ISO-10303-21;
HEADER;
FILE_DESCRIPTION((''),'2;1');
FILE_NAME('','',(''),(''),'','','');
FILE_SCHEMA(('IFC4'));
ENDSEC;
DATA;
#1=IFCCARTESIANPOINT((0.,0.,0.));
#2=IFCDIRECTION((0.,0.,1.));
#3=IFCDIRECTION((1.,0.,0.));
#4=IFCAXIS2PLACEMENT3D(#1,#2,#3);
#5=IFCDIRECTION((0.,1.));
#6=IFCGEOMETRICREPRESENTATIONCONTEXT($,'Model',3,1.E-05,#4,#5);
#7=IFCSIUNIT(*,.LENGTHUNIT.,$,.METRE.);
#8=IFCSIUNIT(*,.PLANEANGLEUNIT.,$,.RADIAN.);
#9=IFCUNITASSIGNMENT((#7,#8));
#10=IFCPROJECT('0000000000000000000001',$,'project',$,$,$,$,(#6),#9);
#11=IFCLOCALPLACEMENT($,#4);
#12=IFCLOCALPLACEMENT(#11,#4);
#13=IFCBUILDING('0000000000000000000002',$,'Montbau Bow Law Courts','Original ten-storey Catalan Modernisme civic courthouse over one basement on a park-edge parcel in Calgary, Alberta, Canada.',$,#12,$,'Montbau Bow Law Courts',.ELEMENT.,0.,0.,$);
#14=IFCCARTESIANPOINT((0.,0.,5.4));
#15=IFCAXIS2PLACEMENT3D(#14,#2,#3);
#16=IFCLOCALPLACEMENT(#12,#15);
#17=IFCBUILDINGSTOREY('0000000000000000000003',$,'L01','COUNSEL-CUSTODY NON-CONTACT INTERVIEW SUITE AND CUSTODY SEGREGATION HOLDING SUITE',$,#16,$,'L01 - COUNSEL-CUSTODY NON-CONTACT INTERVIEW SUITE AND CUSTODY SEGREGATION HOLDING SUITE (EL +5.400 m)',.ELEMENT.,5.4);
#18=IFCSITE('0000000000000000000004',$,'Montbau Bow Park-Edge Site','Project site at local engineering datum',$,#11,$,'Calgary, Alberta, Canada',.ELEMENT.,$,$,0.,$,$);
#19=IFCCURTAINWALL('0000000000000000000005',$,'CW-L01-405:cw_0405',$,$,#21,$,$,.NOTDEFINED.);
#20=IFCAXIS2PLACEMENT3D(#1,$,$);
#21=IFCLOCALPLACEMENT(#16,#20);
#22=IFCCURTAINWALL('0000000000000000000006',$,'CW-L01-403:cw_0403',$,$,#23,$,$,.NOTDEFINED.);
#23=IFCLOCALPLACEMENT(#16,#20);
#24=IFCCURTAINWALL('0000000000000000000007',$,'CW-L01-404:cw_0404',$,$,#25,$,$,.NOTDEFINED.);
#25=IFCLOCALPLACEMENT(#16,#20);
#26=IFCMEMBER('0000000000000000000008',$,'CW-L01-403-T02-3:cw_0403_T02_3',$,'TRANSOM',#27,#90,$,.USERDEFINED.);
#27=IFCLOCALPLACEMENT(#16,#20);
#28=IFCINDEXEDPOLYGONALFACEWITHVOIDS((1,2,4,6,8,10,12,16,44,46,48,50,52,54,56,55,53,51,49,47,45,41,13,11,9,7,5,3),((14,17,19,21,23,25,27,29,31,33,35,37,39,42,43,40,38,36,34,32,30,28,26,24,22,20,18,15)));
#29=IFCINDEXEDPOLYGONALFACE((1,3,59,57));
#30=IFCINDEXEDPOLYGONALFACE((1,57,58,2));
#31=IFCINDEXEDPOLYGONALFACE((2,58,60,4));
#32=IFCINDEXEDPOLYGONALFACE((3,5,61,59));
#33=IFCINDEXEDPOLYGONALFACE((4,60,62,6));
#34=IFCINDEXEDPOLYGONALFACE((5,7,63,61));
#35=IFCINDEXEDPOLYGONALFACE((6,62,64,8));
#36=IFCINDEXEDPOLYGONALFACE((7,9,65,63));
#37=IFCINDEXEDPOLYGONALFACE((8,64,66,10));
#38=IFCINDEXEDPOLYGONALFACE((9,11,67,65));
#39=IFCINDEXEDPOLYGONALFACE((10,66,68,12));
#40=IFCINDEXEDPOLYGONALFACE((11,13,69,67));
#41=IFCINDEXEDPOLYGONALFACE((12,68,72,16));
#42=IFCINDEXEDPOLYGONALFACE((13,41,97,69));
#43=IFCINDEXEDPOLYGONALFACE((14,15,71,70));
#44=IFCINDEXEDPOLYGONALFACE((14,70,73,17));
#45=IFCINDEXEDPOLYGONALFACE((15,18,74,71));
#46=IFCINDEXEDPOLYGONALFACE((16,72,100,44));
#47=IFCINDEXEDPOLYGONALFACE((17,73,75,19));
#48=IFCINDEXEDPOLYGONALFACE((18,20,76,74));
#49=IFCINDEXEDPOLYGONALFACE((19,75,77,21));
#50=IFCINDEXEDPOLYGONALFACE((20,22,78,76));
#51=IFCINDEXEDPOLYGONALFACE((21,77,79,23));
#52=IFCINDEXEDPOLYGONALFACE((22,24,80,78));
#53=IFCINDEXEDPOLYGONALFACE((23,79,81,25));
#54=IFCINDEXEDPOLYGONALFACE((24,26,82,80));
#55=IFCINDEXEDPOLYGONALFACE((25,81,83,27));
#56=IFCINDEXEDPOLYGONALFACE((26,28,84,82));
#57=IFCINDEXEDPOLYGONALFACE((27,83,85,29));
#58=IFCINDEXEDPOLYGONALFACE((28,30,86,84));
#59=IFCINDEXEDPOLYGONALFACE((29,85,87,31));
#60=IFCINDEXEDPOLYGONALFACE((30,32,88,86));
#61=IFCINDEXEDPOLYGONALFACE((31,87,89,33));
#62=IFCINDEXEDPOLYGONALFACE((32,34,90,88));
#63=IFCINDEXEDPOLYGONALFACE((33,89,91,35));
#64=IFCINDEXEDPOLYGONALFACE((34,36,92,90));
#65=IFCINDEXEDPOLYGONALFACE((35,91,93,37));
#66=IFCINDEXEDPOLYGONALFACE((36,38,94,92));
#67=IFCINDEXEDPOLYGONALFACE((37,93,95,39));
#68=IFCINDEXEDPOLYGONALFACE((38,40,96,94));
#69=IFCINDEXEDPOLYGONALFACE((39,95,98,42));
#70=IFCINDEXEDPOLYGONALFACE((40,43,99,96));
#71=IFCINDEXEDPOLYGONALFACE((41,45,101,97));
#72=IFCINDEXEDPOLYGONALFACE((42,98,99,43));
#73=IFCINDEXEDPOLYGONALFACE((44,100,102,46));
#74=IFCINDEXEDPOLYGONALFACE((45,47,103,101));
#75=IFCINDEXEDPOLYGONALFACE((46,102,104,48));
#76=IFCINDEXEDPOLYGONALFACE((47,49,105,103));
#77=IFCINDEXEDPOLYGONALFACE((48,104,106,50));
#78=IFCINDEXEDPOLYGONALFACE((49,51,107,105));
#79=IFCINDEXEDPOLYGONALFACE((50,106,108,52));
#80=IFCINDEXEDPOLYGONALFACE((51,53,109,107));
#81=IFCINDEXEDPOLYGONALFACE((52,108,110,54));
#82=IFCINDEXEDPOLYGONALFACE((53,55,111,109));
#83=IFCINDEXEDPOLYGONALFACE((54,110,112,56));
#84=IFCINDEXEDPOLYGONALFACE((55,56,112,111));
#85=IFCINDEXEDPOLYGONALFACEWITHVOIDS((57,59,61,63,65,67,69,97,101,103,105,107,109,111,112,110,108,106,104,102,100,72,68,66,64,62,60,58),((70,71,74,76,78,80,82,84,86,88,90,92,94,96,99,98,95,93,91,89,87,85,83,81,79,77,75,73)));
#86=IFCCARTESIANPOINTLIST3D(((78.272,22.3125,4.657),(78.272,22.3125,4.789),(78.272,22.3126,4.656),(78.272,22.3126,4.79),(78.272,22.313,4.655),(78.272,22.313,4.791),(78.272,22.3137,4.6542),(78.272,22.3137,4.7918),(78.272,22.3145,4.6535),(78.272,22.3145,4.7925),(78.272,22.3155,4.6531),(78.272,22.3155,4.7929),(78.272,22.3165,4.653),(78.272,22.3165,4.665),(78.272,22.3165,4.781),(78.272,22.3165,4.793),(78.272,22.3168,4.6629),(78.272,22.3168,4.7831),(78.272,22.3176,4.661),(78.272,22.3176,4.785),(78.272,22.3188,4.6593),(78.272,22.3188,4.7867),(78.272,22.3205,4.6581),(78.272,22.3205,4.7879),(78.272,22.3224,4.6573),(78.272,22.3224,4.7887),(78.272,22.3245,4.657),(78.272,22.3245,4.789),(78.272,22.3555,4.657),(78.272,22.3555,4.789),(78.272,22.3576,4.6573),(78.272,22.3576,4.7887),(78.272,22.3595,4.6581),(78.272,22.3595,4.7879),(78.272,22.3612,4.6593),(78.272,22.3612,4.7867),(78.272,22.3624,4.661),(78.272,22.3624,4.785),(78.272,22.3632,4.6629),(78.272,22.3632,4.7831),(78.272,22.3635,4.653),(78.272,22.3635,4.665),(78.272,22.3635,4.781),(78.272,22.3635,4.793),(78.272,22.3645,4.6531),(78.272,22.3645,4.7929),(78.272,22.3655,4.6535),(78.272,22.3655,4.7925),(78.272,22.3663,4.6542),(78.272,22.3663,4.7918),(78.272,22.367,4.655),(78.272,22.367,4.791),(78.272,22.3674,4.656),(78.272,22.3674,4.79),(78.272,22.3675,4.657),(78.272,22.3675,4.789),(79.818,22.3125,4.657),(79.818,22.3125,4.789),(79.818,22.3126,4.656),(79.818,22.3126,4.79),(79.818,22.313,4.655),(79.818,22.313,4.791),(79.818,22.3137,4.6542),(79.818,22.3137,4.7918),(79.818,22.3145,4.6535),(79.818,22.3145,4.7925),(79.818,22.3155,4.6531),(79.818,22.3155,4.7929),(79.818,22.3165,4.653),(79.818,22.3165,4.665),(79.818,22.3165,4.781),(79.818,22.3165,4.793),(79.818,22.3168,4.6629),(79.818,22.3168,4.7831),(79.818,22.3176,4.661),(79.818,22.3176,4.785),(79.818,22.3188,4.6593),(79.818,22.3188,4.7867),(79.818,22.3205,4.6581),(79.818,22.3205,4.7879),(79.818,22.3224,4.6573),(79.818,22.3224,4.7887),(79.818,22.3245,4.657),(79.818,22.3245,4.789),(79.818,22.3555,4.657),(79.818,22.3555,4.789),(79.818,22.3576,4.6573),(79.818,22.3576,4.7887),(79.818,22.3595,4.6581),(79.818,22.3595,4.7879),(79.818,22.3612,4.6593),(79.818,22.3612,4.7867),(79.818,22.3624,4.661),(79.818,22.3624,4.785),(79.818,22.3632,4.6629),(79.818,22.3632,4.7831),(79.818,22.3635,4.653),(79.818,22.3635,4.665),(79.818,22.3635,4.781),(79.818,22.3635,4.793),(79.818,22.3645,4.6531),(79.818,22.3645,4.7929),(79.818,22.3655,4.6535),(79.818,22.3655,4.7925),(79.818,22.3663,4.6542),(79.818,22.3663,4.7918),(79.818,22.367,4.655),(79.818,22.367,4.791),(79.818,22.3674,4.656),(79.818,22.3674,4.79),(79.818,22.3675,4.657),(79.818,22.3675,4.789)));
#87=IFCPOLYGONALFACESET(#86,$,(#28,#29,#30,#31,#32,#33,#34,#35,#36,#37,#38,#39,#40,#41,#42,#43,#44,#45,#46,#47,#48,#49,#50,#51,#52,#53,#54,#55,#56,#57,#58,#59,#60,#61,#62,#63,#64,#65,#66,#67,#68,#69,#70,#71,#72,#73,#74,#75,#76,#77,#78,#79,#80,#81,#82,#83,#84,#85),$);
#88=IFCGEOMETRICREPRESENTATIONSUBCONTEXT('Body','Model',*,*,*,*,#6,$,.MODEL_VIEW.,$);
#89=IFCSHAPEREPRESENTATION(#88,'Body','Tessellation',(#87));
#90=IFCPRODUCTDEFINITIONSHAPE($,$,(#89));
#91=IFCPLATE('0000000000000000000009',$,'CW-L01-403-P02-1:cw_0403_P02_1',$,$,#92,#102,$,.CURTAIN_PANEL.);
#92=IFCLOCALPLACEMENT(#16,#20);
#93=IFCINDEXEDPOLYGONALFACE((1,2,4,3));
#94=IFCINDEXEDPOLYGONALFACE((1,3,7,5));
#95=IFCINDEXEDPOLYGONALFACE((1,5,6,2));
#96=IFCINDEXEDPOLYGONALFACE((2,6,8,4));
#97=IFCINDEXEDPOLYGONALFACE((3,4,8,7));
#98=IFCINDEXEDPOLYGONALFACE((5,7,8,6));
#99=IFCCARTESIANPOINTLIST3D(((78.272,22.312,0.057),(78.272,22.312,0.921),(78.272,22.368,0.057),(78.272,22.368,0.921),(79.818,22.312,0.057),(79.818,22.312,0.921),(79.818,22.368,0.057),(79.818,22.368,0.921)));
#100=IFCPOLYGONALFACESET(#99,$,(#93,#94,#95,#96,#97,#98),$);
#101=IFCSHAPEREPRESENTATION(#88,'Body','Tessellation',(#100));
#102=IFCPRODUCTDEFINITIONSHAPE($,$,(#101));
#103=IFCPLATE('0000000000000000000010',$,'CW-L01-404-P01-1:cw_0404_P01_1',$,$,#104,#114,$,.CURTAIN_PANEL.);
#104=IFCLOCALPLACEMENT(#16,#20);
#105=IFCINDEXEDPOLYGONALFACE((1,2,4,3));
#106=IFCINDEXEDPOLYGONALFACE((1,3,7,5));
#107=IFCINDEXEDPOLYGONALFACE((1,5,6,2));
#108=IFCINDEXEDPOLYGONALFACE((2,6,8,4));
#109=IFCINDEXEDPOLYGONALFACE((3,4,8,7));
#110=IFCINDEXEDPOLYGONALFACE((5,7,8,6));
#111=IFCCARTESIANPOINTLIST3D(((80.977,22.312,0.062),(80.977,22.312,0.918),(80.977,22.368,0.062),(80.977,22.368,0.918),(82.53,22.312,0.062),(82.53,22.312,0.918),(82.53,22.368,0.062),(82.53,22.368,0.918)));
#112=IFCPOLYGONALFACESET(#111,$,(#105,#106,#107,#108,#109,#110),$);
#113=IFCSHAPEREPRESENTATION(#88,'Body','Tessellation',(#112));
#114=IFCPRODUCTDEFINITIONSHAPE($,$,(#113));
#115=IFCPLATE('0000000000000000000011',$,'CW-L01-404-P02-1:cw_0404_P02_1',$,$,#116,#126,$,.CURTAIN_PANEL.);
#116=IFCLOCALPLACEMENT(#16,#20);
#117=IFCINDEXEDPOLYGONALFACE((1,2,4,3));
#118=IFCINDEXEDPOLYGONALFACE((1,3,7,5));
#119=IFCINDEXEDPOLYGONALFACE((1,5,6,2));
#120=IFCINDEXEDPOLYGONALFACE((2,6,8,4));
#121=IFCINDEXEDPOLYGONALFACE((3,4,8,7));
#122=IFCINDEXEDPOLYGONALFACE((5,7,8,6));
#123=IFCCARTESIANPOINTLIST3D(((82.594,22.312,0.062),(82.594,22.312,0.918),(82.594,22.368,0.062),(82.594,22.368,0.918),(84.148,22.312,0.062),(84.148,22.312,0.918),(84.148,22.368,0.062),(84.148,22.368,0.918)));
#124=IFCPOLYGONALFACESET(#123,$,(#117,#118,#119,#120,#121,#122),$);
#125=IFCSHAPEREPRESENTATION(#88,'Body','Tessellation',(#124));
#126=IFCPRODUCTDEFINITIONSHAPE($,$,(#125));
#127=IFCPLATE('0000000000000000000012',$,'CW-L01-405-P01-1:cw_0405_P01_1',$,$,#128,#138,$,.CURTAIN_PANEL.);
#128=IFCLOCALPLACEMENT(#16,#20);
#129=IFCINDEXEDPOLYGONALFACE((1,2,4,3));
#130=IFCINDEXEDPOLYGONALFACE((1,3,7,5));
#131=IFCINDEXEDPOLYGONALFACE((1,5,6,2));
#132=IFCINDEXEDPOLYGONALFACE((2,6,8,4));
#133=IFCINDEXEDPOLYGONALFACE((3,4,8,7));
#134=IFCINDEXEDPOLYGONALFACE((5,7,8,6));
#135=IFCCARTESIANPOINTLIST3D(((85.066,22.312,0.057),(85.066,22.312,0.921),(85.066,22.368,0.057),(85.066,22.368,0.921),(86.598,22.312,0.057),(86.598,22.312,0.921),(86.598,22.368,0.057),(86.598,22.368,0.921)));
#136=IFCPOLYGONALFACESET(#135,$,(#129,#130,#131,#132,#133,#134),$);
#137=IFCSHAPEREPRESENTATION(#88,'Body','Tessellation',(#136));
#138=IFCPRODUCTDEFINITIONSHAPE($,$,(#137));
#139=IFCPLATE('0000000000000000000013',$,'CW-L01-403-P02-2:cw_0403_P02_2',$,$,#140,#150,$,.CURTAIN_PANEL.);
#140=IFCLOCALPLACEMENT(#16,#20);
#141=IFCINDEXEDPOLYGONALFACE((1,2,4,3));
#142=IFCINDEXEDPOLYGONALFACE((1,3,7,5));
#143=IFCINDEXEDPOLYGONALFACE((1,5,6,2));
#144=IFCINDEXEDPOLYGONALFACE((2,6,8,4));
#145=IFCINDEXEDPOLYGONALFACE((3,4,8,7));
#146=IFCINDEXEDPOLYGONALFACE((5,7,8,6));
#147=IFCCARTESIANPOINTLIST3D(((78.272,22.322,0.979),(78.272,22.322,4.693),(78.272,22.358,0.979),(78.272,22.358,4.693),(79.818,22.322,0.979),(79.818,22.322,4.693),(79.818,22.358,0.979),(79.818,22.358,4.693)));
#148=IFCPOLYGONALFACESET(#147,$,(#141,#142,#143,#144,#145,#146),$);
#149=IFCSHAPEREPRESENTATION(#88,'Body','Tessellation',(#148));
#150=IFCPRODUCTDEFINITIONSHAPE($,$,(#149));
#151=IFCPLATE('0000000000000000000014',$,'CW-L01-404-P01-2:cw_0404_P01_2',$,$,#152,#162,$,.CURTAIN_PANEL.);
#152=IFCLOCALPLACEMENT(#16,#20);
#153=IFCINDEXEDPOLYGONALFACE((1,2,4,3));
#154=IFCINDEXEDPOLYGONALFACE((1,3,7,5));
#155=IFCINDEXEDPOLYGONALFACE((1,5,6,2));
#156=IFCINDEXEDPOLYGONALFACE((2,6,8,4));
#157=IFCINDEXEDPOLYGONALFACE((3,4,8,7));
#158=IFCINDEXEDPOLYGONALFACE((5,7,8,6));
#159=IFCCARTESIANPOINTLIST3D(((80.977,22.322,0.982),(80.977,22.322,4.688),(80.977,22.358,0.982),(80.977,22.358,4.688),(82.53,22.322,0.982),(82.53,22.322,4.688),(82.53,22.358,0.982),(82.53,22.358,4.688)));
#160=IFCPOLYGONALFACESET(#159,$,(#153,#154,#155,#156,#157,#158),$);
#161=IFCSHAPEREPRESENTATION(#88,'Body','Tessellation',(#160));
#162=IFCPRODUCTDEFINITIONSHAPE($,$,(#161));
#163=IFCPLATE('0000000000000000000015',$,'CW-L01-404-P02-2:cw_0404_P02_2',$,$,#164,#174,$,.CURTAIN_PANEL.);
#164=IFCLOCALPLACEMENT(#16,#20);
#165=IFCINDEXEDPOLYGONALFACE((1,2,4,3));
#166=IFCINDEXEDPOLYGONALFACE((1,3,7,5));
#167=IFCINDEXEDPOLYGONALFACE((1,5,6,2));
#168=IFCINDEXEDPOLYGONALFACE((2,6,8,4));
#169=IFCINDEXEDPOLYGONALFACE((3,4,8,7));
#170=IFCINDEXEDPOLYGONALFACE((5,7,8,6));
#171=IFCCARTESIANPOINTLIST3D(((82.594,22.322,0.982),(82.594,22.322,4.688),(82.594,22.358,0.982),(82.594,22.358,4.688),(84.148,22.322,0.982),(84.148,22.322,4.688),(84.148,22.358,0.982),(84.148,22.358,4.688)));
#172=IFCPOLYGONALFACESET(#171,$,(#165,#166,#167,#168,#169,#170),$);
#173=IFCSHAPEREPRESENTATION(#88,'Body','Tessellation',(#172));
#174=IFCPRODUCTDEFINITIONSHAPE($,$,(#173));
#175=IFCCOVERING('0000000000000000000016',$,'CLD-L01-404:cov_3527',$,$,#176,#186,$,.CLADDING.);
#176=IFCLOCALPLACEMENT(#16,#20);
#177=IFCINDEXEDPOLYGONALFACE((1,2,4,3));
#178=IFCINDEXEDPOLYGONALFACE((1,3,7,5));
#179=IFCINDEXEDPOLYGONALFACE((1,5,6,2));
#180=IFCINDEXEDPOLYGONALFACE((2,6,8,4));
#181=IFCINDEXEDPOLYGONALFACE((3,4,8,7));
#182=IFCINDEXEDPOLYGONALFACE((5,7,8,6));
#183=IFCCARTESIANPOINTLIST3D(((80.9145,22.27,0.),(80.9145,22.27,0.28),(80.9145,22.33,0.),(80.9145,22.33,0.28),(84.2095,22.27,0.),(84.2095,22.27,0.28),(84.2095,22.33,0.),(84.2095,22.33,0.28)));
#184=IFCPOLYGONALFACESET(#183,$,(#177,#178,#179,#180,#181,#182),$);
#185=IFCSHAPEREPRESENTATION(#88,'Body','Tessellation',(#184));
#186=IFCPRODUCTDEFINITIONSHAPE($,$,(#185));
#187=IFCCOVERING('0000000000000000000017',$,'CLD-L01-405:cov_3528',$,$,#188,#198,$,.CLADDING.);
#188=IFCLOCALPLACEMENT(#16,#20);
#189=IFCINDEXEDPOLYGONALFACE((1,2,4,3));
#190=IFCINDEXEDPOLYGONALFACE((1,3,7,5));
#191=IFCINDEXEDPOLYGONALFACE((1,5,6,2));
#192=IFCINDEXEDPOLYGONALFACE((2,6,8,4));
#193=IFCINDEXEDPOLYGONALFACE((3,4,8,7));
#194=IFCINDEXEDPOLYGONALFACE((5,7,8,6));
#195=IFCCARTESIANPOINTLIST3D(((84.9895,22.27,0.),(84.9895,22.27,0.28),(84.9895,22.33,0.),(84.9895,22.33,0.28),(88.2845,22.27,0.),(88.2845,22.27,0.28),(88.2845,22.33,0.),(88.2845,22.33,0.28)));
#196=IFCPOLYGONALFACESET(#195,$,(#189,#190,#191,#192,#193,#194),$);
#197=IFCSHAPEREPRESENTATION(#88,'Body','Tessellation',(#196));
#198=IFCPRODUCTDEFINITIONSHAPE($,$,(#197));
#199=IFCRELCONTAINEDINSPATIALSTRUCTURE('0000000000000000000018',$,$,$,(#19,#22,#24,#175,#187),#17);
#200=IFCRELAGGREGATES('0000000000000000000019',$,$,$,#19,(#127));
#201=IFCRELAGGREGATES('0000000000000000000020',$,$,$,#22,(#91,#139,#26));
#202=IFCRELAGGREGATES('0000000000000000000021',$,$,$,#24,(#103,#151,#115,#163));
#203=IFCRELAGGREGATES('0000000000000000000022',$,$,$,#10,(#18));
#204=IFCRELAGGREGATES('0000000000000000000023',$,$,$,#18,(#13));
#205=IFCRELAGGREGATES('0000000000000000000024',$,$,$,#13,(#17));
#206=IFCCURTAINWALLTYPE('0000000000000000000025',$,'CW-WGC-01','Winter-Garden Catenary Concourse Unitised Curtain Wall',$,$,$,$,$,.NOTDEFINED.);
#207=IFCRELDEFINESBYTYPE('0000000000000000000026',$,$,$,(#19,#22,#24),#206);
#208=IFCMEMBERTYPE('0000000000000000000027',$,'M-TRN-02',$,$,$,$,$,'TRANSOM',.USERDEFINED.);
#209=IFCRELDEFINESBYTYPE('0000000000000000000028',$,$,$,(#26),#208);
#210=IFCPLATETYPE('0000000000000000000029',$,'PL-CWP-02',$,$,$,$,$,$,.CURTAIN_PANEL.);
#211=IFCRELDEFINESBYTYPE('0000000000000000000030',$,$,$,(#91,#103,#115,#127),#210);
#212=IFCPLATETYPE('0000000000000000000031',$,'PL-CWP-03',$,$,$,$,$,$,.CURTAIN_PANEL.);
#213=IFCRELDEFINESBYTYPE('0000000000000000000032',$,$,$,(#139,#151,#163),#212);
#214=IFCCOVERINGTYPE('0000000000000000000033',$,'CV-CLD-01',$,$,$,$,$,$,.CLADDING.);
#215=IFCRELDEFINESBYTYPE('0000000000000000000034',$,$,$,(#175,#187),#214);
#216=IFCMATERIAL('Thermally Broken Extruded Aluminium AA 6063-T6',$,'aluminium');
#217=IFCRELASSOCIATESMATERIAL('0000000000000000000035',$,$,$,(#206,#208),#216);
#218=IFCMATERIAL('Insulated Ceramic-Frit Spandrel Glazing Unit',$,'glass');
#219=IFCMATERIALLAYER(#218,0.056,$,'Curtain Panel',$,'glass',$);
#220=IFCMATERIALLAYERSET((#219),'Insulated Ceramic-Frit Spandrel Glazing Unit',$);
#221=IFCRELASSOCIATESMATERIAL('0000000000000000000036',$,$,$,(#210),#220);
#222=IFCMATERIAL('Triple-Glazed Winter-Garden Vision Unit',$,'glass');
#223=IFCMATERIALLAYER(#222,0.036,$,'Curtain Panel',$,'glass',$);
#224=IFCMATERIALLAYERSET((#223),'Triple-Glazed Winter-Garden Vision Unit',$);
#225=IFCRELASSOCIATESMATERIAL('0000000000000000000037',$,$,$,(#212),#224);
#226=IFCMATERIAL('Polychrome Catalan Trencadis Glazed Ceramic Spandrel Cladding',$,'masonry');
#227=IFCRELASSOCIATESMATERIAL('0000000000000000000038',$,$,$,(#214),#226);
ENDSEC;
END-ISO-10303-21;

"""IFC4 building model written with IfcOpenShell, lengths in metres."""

from ifc_helpers import new_model, si_unit, direction, frame, frame_2d, origin_with_axes, origin_2d_with_axis, place, context, subcontext, project, spatial, rectangle, hollow_rectangle, extrude, material, layer, layer_set, material_profile, profile_set, type_object, element, aggregate, save


model = new_model("IFC4")

# Units and contexts
model_context = context("Model", 3, precision=1e-05, world=origin_with_axes(), true_north=direction((0.0, 1.0)))
body_context = subcontext(model_context, "Body", "Model", "MODEL_VIEW")
ifc_project = project(units=[si_unit("LENGTHUNIT", "METRE"), si_unit("PLANEANGLEUNIT", "RADIAN")], contexts=[model_context])

# Site, building, storey
site_placement = place(None, origin_with_axes())
site = spatial("IfcSite", under=ifc_project, at=site_placement, Name="Montbau Bow Park-Edge Site", Description="Project site at local engineering datum", LongName="Calgary, Alberta, Canada", CompositionType="ELEMENT", RefElevation=0.0)
building_placement = place(site_placement, origin_with_axes())
building = spatial("IfcBuilding", under=site, at=building_placement, Name="Montbau Bow Law Courts", Description="Original ten-storey Catalan Modernisme civic courthouse over one basement on a park-edge parcel in Calgary, Alberta, Canada.", LongName="Montbau Bow Law Courts", CompositionType="ELEMENT", ElevationOfRefHeight=0.0, ElevationOfTerrain=0.0)
storey_placement = place(building_placement, frame((0.0, 0.0, 5.4), z_axis=(0.0, 0.0, 1.0), x_axis=(1.0, 0.0, 0.0)))
storey = spatial("IfcBuildingStorey", under=building, at=storey_placement, Name="L01", Description="COUNSEL-CUSTODY NON-CONTACT INTERVIEW SUITE AND CUSTODY SEGREGATION HOLDING SUITE", LongName="L01 - COUNSEL-CUSTODY NON-CONTACT INTERVIEW SUITE AND CUSTODY SEGREGATION HOLDING SUITE (EL +5.400 m)", CompositionType="ELEMENT", Elevation=5.4)

# Curtain wall
ifc_material_1 = material(Name="Thermally Broken Extruded Aluminium AA 6063-T6", Category="aluminium")
curtain_wall_type = type_object("IfcCurtainWallType", Name="CW-WGC-01", Description="Winter-Garden Catenary Concourse Unitised Curtain Wall", PredefinedType="NOTDEFINED", material=ifc_material_1)
curtain_wall_1_placement = place(None, frame((84.99, 22.34, 5.4), z_axis=(0.0, 0.0, 1.0), x_axis=(1.0, 0.0, 0.0)))
curtain_wall_1 = element("IfcCurtainWall", 1, at=curtain_wall_1_placement, inside=storey, type_object=curtain_wall_type, Name="CW-L01-405:cw_0405", PredefinedType="NOTDEFINED")

# Curtain walls
curtain_wall_2_placement = place(None, frame((76.59, 22.34, 5.4), z_axis=(0.0, 0.0, 1.0), x_axis=(1.0, 0.0, 0.0)))
curtain_wall_2 = element("IfcCurtainWall", 2, at=curtain_wall_2_placement, inside=storey, type_object=curtain_wall_type, Name="CW-L01-403:cw_0403", PredefinedType="NOTDEFINED")
curtain_wall_3_placement = place(None, frame((80.915, 22.34, 5.4), z_axis=(0.0, 0.0, 1.0), x_axis=(1.0, 0.0, 0.0)))
curtain_wall_3 = element("IfcCurtainWall", 3, at=curtain_wall_3_placement, inside=storey, type_object=curtain_wall_type, Name="CW-L01-404:cw_0404", PredefinedType="NOTDEFINED")

# Member
ifc_material_profile_1 = material_profile(ifc_material_1, hollow_rectangle(XDim=0.055, YDim=0.14, WallThickness=0.004, InnerFilletRadius=0.008, OuterFilletRadius=0.004, at=origin_2d_with_axis()), Name="CWT-140X55", Category="Main", Priority=0)
ifc_profile_set_1 = profile_set([ifc_material_profile_1], Name="Thermally Broken Extruded Aluminium AA 6063-T6")
member_type_1 = type_object("IfcMemberType", Name="M-TRN-02", ElementType="TRANSOM", PredefinedType="USERDEFINED", material=ifc_profile_set_1)
member_1_placement = place(None, frame((78.272, 22.34, 10.123), z_axis=(1.0, 0.0, 0.0), x_axis=(0.0, 1.0, 0.0)))
member_1 = element("IfcMember", 4, at=member_1_placement, type_object=member_type_1, Name="CW-L01-403-T02-3:cw_0403_T02_3", ObjectType="TRANSOM", PredefinedType="USERDEFINED", context=body_context, shape_type="SweptSolid", body=[
    extrude(hollow_rectangle(XDim=0.055, YDim=0.14, WallThickness=0.004, InnerFilletRadius=0.008, OuterFilletRadius=0.004, at=origin_2d_with_axis()), origin_with_axes(), (0.0, 0.0, 1.0), 1.546),
])

# Plates
ifc_material_2 = material(Name="Insulated Ceramic-Frit Spandrel Glazing Unit", Category="glass")
ifc_layer_1 = layer(ifc_material_2, 0.056, Name="Curtain Panel", Category="glass")
ifc_layer_set_1 = layer_set([ifc_layer_1], Name="Insulated Ceramic-Frit Spandrel Glazing Unit")
plate_type_1 = type_object("IfcPlateType", Name="PL-CWP-02", PredefinedType="CURTAIN_PANEL", material=ifc_layer_set_1)
plate_1_placement = place(None, frame((78.272, 22.34, 5.457), z_axis=(0.0, -1.0, 0.0), x_axis=(1.0, 0.0, 0.0)))
plate_1 = element("IfcPlate", 5, at=plate_1_placement, type_object=plate_type_1, Name="CW-L01-403-P02-1:cw_0403_P02_1", PredefinedType="CURTAIN_PANEL", context=body_context, shape_type="SweptSolid", body=[
    extrude(rectangle(XDim=1.546, YDim=0.864, at=frame_2d((0.773, 0.432), x_axis=(1.0, 0.0))), frame((0.0, 0.0, -0.028), z_axis=(0.0, 0.0, 1.0), x_axis=(1.0, 0.0, 0.0)), (0.0, 0.0, 1.0), 0.056),
])
plate_2_placement = place(None, frame((80.977, 22.34, 5.462), z_axis=(0.0, -1.0, 0.0), x_axis=(1.0, 0.0, 0.0)))
plate_2 = element("IfcPlate", 6, at=plate_2_placement, type_object=plate_type_1, Name="CW-L01-404-P01-1:cw_0404_P01_1", PredefinedType="CURTAIN_PANEL", context=body_context, shape_type="SweptSolid", body=[
    extrude(rectangle(XDim=1.553, YDim=0.856, at=frame_2d((0.7765, 0.428), x_axis=(1.0, 0.0))), frame((0.0, 0.0, -0.028), z_axis=(0.0, 0.0, 1.0), x_axis=(1.0, 0.0, 0.0)), (0.0, 0.0, 1.0), 0.056),
])
plate_3_placement = place(None, frame((82.594, 22.34, 5.462), z_axis=(0.0, -1.0, 0.0), x_axis=(1.0, 0.0, 0.0)))
plate_3 = element("IfcPlate", 7, at=plate_3_placement, type_object=plate_type_1, Name="CW-L01-404-P02-1:cw_0404_P02_1", PredefinedType="CURTAIN_PANEL", context=body_context, shape_type="SweptSolid", body=[
    extrude(rectangle(XDim=1.554, YDim=0.856, at=frame_2d((0.777, 0.428), x_axis=(1.0, 0.0))), frame((0.0, 0.0, -0.028), z_axis=(0.0, 0.0, 1.0), x_axis=(1.0, 0.0, 0.0)), (0.0, 0.0, 1.0), 0.056),
])
plate_4_placement = place(None, frame((85.066, 22.34, 5.457), z_axis=(0.0, -1.0, 0.0), x_axis=(1.0, 0.0, 0.0)))
plate_4 = element("IfcPlate", 8, at=plate_4_placement, type_object=plate_type_1, Name="CW-L01-405-P01-1:cw_0405_P01_1", PredefinedType="CURTAIN_PANEL", context=body_context, shape_type="SweptSolid", body=[
    extrude(rectangle(XDim=1.532, YDim=0.864, at=frame_2d((0.766, 0.432), x_axis=(1.0, 0.0))), frame((0.0, 0.0, -0.028), z_axis=(0.0, 0.0, 1.0), x_axis=(1.0, 0.0, 0.0)), (0.0, 0.0, 1.0), 0.056),
])
aggregate(curtain_wall_1, [plate_4])
ifc_material_3 = material(Name="Triple-Glazed Winter-Garden Vision Unit", Category="glass")
ifc_layer_2 = layer(ifc_material_3, 0.036, Name="Curtain Panel", Category="glass")
ifc_layer_set_2 = layer_set([ifc_layer_2], Name="Triple-Glazed Winter-Garden Vision Unit")
plate_type_2 = type_object("IfcPlateType", Name="PL-CWP-03", PredefinedType="CURTAIN_PANEL", material=ifc_layer_set_2)
plate_5_placement = place(None, frame((78.272, 22.34, 6.379), z_axis=(0.0, -1.0, 0.0), x_axis=(1.0, 0.0, 0.0)))
plate_5 = element("IfcPlate", 9, at=plate_5_placement, type_object=plate_type_2, Name="CW-L01-403-P02-2:cw_0403_P02_2", PredefinedType="CURTAIN_PANEL", context=body_context, shape_type="SweptSolid", body=[
    extrude(rectangle(XDim=1.546, YDim=3.714, at=frame_2d((0.773, 1.857), x_axis=(1.0, 0.0))), frame((0.0, 0.0, -0.018), z_axis=(0.0, 0.0, 1.0), x_axis=(1.0, 0.0, 0.0)), (0.0, 0.0, 1.0), 0.036),
])
aggregate(curtain_wall_2, [plate_1, plate_5, member_1])
plate_6_placement = place(None, frame((80.977, 22.34, 6.382), z_axis=(0.0, -1.0, 0.0), x_axis=(1.0, 0.0, 0.0)))
plate_6 = element("IfcPlate", 10, at=plate_6_placement, type_object=plate_type_2, Name="CW-L01-404-P01-2:cw_0404_P01_2", PredefinedType="CURTAIN_PANEL", context=body_context, shape_type="SweptSolid", body=[
    extrude(rectangle(XDim=1.553, YDim=3.706, at=frame_2d((0.7765, 1.853), x_axis=(1.0, 0.0))), frame((0.0, 0.0, -0.018), z_axis=(0.0, 0.0, 1.0), x_axis=(1.0, 0.0, 0.0)), (0.0, 0.0, 1.0), 0.036),
])
plate_7_placement = place(None, frame((82.594, 22.34, 6.382), z_axis=(0.0, -1.0, 0.0), x_axis=(1.0, 0.0, 0.0)))
plate_7 = element("IfcPlate", 11, at=plate_7_placement, type_object=plate_type_2, Name="CW-L01-404-P02-2:cw_0404_P02_2", PredefinedType="CURTAIN_PANEL", context=body_context, shape_type="SweptSolid", body=[
    extrude(rectangle(XDim=1.554, YDim=3.706, at=frame_2d((0.777, 1.853), x_axis=(1.0, 0.0))), frame((0.0, 0.0, -0.018), z_axis=(0.0, 0.0, 1.0), x_axis=(1.0, 0.0, 0.0)), (0.0, 0.0, 1.0), 0.036),
])
aggregate(curtain_wall_3, [plate_2, plate_6, plate_3, plate_7])

# Coverings
ifc_material_4 = material(Name="Polychrome Catalan Trencadis Glazed Ceramic Spandrel Cladding", Category="masonry")
covering_type = type_object("IfcCoveringType", Name="CV-CLD-01", PredefinedType="CLADDING", material=ifc_material_4)
for number, where, z_axis, x_axis, name in (
    (12, (82.562, 22.3, 5.4), (0.0, 0.0, 1.0), (1.0, 0.0, 0.0), "CLD-L01-404:cov_3527"),
    (13, (86.637, 22.3, 5.4), (0.0, 0.0, 1.0), (1.0, 0.0, 0.0), "CLD-L01-405:cov_3528"),
):
    element("IfcCovering", number, at=place(None, frame(where, z_axis=z_axis, x_axis=x_axis)), inside=storey, type_object=covering_type, Name=name, PredefinedType="CLADDING", context=body_context, shape_type="SweptSolid", body=[
        extrude(rectangle(XDim=3.295, YDim=0.06, at=origin_2d_with_axis()), origin_with_axes(), (0.0, 0.0, 1.0), 0.28),
    ])

save(model, "model.ifc")
